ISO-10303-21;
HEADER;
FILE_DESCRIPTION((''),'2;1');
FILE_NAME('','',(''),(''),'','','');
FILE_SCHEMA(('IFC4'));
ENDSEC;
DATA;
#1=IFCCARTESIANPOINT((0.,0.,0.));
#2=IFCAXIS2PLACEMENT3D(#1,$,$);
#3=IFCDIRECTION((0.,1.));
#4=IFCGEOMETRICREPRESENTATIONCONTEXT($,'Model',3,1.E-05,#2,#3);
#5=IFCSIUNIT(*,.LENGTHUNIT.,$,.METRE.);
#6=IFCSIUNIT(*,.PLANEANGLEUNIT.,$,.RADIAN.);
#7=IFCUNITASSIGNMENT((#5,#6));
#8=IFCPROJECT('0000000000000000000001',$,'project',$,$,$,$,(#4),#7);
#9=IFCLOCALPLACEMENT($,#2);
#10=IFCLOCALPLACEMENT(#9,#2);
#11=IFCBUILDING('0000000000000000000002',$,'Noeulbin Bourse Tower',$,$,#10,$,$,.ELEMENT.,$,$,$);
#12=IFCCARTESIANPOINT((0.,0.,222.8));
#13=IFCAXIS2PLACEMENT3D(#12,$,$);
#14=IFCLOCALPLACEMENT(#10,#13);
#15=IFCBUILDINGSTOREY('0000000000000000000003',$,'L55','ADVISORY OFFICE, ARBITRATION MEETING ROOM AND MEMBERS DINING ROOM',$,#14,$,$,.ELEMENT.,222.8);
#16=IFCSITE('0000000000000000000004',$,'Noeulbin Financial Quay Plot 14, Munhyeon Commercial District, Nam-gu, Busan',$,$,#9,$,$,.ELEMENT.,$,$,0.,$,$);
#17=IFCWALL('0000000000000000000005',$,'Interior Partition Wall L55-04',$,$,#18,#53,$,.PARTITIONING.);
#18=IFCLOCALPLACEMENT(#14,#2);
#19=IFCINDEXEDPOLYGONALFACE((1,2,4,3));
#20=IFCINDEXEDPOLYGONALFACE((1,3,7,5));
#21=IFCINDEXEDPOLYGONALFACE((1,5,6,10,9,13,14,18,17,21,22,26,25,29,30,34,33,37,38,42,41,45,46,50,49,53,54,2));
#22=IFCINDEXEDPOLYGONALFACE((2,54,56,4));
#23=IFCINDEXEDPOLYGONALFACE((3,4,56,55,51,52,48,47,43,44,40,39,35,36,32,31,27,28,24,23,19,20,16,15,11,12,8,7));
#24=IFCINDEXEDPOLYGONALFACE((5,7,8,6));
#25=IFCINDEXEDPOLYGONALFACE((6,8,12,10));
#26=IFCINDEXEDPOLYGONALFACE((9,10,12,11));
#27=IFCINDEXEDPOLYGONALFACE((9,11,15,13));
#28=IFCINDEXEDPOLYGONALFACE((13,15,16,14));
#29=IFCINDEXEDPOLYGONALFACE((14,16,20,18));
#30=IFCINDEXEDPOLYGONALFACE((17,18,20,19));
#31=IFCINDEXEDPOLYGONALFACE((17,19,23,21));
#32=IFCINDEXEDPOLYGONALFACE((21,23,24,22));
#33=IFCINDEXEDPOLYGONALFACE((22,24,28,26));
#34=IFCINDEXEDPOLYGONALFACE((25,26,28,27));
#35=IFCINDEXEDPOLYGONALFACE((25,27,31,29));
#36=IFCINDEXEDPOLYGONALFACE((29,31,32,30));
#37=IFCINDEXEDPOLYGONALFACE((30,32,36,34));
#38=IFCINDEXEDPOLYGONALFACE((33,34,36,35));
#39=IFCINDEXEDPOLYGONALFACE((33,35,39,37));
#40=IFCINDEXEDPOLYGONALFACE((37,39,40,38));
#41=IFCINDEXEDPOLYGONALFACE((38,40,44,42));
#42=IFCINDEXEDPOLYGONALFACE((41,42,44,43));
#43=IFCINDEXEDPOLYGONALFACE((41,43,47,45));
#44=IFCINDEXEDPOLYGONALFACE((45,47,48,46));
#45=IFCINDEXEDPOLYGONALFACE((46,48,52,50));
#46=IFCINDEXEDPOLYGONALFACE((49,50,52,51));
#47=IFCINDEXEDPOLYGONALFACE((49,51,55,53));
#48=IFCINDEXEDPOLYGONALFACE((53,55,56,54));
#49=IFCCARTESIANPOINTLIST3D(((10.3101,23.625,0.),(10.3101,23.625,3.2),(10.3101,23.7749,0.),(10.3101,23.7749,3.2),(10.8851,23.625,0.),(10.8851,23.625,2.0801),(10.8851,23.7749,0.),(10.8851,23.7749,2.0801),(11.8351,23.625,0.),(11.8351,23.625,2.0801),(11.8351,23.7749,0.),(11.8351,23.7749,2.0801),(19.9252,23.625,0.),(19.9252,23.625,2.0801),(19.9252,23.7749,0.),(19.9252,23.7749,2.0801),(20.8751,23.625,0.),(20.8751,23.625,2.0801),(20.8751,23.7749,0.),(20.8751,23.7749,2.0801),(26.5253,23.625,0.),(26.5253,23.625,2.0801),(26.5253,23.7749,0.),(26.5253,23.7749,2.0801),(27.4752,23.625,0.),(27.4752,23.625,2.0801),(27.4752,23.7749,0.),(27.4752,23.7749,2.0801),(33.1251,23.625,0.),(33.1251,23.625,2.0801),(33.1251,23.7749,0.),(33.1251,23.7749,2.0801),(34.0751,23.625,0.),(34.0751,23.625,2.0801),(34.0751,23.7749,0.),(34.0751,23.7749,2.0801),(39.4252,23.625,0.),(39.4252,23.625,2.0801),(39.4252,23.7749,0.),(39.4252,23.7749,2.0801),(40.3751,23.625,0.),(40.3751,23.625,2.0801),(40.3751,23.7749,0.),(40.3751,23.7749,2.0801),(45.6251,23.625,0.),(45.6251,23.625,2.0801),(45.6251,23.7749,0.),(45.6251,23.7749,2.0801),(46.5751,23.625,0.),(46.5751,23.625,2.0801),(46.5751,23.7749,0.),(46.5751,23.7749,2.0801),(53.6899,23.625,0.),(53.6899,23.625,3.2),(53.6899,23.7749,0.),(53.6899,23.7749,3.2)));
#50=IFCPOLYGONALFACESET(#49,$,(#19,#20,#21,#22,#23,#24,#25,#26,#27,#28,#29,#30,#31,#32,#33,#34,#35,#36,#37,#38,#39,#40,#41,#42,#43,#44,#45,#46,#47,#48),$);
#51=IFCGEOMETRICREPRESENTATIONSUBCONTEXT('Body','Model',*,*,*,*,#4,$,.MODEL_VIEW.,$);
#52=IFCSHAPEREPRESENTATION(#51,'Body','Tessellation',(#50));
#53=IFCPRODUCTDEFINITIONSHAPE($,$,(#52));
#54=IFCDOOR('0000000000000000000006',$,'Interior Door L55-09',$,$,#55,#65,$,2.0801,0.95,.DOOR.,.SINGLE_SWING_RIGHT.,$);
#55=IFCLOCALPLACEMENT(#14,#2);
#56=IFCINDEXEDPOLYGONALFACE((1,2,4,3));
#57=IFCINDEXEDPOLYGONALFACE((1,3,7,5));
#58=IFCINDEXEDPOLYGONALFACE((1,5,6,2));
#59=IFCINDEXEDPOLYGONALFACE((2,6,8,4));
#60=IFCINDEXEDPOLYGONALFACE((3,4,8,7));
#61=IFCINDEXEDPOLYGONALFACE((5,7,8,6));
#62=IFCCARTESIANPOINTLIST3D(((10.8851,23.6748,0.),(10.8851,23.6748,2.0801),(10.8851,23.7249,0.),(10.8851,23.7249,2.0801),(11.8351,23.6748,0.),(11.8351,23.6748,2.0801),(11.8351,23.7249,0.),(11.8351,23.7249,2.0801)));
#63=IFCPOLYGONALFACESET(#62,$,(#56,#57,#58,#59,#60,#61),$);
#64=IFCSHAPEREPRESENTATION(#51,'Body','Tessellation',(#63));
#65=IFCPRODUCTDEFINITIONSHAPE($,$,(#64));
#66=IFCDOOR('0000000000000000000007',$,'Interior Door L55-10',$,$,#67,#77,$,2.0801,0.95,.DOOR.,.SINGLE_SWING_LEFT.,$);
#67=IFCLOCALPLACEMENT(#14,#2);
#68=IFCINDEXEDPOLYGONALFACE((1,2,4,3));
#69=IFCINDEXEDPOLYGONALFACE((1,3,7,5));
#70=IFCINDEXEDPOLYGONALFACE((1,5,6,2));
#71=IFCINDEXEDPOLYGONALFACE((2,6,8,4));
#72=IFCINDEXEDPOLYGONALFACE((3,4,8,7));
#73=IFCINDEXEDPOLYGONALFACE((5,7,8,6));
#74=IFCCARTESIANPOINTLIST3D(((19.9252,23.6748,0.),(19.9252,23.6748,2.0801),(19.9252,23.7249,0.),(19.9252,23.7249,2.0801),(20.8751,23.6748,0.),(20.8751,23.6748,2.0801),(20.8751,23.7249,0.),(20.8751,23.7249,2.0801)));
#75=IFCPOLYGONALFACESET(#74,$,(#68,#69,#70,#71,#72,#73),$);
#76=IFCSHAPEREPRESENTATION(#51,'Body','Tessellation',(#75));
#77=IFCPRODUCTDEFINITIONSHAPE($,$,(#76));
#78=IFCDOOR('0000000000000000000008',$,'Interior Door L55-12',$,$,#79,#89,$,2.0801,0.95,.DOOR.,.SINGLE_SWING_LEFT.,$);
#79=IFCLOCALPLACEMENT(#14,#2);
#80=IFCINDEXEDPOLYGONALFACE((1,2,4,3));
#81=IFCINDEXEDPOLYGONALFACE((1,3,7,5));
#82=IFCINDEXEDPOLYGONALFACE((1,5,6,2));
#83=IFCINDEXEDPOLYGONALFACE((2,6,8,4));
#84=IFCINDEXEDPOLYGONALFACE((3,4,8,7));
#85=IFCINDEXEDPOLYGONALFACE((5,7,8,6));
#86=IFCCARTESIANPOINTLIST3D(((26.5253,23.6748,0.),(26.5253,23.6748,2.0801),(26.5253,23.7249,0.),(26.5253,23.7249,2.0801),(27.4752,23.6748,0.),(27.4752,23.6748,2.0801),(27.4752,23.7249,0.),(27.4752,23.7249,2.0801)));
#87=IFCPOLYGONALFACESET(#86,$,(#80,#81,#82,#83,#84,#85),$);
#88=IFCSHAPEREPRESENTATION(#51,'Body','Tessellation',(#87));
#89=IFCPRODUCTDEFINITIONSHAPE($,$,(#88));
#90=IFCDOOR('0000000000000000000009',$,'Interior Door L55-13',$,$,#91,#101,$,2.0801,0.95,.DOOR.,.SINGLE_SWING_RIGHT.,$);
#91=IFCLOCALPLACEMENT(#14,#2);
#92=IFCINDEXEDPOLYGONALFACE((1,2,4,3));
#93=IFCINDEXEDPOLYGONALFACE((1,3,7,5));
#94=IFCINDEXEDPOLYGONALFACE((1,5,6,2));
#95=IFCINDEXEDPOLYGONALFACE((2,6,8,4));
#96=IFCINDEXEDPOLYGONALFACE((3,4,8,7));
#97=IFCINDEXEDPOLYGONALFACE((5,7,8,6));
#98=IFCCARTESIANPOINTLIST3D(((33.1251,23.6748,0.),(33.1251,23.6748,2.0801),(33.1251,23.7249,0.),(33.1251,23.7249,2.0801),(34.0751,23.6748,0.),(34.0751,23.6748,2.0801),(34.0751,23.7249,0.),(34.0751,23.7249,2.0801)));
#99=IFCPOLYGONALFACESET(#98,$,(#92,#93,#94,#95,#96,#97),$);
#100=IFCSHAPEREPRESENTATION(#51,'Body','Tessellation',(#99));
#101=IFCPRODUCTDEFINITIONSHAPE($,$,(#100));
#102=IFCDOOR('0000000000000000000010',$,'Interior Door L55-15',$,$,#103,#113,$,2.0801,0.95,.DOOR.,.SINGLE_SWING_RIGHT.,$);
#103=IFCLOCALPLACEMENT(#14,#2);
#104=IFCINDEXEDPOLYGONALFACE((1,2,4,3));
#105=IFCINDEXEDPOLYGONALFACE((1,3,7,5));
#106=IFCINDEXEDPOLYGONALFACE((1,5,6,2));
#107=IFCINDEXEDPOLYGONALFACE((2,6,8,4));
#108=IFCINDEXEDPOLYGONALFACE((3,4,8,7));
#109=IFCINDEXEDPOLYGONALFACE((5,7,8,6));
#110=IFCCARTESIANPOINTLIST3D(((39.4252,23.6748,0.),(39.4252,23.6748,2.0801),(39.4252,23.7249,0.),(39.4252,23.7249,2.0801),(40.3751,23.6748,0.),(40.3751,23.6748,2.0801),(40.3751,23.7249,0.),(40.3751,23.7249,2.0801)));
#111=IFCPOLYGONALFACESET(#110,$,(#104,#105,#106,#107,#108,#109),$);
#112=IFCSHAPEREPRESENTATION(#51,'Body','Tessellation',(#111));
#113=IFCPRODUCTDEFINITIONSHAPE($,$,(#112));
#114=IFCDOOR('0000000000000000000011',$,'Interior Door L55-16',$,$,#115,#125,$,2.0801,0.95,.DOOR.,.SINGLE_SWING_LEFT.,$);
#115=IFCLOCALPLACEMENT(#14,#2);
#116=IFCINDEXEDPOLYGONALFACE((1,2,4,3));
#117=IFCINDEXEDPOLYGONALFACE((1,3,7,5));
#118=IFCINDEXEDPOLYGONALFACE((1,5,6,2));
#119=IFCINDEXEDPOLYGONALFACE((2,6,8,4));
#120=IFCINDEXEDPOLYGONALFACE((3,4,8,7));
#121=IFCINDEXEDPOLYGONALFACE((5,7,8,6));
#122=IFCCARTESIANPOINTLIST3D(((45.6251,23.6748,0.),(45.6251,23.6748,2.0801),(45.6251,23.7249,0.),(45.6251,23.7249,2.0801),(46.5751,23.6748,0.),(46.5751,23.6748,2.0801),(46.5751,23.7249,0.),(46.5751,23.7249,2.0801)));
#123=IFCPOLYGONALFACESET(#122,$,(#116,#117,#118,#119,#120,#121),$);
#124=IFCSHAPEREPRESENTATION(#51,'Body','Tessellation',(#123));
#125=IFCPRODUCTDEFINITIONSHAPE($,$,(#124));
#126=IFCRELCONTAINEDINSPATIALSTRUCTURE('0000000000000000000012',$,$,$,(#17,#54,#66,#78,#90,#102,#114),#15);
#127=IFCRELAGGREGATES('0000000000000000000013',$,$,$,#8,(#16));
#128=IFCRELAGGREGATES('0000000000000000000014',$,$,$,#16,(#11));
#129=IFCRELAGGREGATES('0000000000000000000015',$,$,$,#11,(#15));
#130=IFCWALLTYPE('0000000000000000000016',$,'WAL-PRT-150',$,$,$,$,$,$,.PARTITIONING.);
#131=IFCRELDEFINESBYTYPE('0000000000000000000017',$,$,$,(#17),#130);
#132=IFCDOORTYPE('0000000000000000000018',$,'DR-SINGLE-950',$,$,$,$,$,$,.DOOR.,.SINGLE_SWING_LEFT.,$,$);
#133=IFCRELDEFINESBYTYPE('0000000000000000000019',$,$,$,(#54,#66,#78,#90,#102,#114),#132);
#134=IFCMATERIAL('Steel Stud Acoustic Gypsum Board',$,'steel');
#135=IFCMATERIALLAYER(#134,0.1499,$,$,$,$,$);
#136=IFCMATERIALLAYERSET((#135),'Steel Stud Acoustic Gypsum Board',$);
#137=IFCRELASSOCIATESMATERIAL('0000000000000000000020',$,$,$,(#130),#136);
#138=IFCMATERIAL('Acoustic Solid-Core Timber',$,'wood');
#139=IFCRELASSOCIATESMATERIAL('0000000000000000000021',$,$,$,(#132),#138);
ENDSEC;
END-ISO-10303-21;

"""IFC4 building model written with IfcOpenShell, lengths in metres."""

from ifc_helpers import new_model, si_unit, direction, frame, frame_2d, origin, place, context, subcontext, project, spatial, rectangle, extrude, material, layer, layer_set, type_object, element, fill, save


model = new_model("IFC4")

# Units and contexts
model_context = context("Model", 3, precision=1e-05, world=origin(), true_north=direction((0.0, 1.0)))
body_context = subcontext(model_context, "Body", "Model", "MODEL_VIEW")
ifc_project = project(units=[si_unit("LENGTHUNIT", "METRE"), si_unit("PLANEANGLEUNIT", "RADIAN")], contexts=[model_context])

# Site, building, storey
site_placement = place(None, origin())
site = spatial("IfcSite", under=ifc_project, at=site_placement, Name="Noeulbin Financial Quay Plot 14, Munhyeon Commercial District, Nam-gu, Busan", CompositionType="ELEMENT", RefElevation=0.0)
building_placement = place(site_placement, origin())
building = spatial("IfcBuilding", under=site, at=building_placement, Name="Noeulbin Bourse Tower", CompositionType="ELEMENT")
storey_placement = place(building_placement, frame((0.0, 0.0, 222.8)))
storey = spatial("IfcBuildingStorey", under=building, at=storey_placement, Name="L55", Description="ADVISORY OFFICE, ARBITRATION MEETING ROOM AND MEMBERS DINING ROOM", CompositionType="ELEMENT", Elevation=222.8)

# Wall, openings, doors
ifc_material_1 = material(Name="Steel Stud Acoustic Gypsum Board", Category="steel")
ifc_layer_1 = layer(ifc_material_1, 0.1499)
ifc_layer_set_1 = layer_set([ifc_layer_1], Name="Steel Stud Acoustic Gypsum Board")
wall_type = type_object("IfcWallType", Name="WAL-PRT-150", PredefinedType="PARTITIONING", material=ifc_layer_set_1)
wall_placement = place(storey_placement, frame((10.3101, 23.7, 0.0), z_axis=(0.0, 0.0, 1.0), x_axis=(1.0, 0.0, 0.0)))
wall = element("IfcWall", 1, at=wall_placement, inside=storey, type_object=wall_type, Name="Interior Partition Wall L55-04", PredefinedType="PARTITIONING", context=body_context, shape_type="SweptSolid", body=[
    extrude(rectangle(XDim=43.3799, YDim=0.1499, at=frame_2d((21.6899, 0.0))), origin(), (0.0, 0.0, 1.0), 3.2),
])
opening_1_placement = place(wall_placement, frame((0.575, 0.0, 0.0)))
opening_1 = element("IfcOpeningElement", 2, at=opening_1_placement, cuts=wall, PredefinedType="OPENING", context=body_context, shape_type="SweptSolid", body=[
    extrude(rectangle(XDim=0.95, YDim=2.0801, at=frame_2d((0.4751, 1.04))), frame((0.0, 0.085, 0.0), z_axis=(0.0, -1.0, 0.0), x_axis=(1.0, 0.0, 0.0)), (0.0, 0.0, 1.0), 0.1699),
])
opening_2_placement = place(wall_placement, frame((9.615, 0.0, 0.0)))
opening_2 = element("IfcOpeningElement", 3, at=opening_2_placement, cuts=wall, PredefinedType="OPENING", context=body_context, shape_type="SweptSolid", body=[
    extrude(rectangle(XDim=0.95, YDim=2.0801, at=frame_2d((0.4751, 1.04))), frame((0.0, 0.085, 0.0), z_axis=(0.0, -1.0, 0.0), x_axis=(1.0, 0.0, 0.0)), (0.0, 0.0, 1.0), 0.1699),
])
opening_3_placement = place(wall_placement, frame((16.2151, 0.0, 0.0)))
opening_3 = element("IfcOpeningElement", 4, at=opening_3_placement, cuts=wall, PredefinedType="OPENING", context=body_context, shape_type="SweptSolid", body=[
    extrude(rectangle(XDim=0.95, YDim=2.0801, at=frame_2d((0.4751, 1.04))), frame((0.0, 0.085, 0.0), z_axis=(0.0, -1.0, 0.0), x_axis=(1.0, 0.0, 0.0)), (0.0, 0.0, 1.0), 0.1699),
])
opening_4_placement = place(wall_placement, frame((22.8149, 0.0, 0.0)))
opening_4 = element("IfcOpeningElement", 5, at=opening_4_placement, cuts=wall, PredefinedType="OPENING", context=body_context, shape_type="SweptSolid", body=[
    extrude(rectangle(XDim=0.95, YDim=2.0801, at=frame_2d((0.4751, 1.04))), frame((0.0, 0.085, 0.0), z_axis=(0.0, -1.0, 0.0), x_axis=(1.0, 0.0, 0.0)), (0.0, 0.0, 1.0), 0.1699),
])
opening_5_placement = place(wall_placement, frame((29.115, 0.0, 0.0)))
opening_5 = element("IfcOpeningElement", 6, at=opening_5_placement, cuts=wall, PredefinedType="OPENING", context=body_context, shape_type="SweptSolid", body=[
    extrude(rectangle(XDim=0.95, YDim=2.0801, at=frame_2d((0.4751, 1.04))), frame((0.0, 0.085, 0.0), z_axis=(0.0, -1.0, 0.0), x_axis=(1.0, 0.0, 0.0)), (0.0, 0.0, 1.0), 0.1699),
])
opening_6_placement = place(wall_placement, frame((35.3149, 0.0, 0.0)))
opening_6 = element("IfcOpeningElement", 7, at=opening_6_placement, cuts=wall, PredefinedType="OPENING", context=body_context, shape_type="SweptSolid", body=[
    extrude(rectangle(XDim=0.95, YDim=2.0801, at=frame_2d((0.4751, 1.04))), frame((0.0, 0.085, 0.0), z_axis=(0.0, -1.0, 0.0), x_axis=(1.0, 0.0, 0.0)), (0.0, 0.0, 1.0), 0.1699),
])
ifc_material_2 = material(Name="Acoustic Solid-Core Timber", Category="wood")
door_type = type_object("IfcDoorType", Name="DR-SINGLE-950", OperationType="SINGLE_SWING_LEFT", PredefinedType="DOOR", material=ifc_material_2)
door_1_placement = place(opening_1_placement, origin())
door_1 = element("IfcDoor", 8, at=door_1_placement, inside=storey, type_object=door_type, Name="Interior Door L55-09", OperationType="SINGLE_SWING_RIGHT", OverallHeight=2.0801, OverallWidth=0.95, PredefinedType="DOOR", context=body_context, shape_type="SweptSolid", body=[
    extrude(rectangle(XDim=0.95, YDim=2.0801, at=frame_2d((0.4751, 1.04))), frame((0.0, 0.0249, 0.0), z_axis=(0.0, -1.0, 0.0), x_axis=(1.0, 0.0, 0.0)), (0.0, 0.0, 1.0), 0.05),
])
fill(opening_1, door_1)
door_2_placement = place(opening_2_placement, origin())
door_2 = element("IfcDoor", 9, at=door_2_placement, inside=storey, type_object=door_type, Name="Interior Door L55-10", OperationType="SINGLE_SWING_LEFT", OverallHeight=2.0801, OverallWidth=0.95, PredefinedType="DOOR", context=body_context, shape_type="SweptSolid", body=[
    extrude(rectangle(XDim=0.95, YDim=2.0801, at=frame_2d((0.4751, 1.04))), frame((0.0, 0.0249, 0.0), z_axis=(0.0, -1.0, 0.0), x_axis=(1.0, 0.0, 0.0)), (0.0, 0.0, 1.0), 0.05),
])
fill(opening_2, door_2)
door_3_placement = place(opening_3_placement, origin())
door_3 = element("IfcDoor", 10, at=door_3_placement, inside=storey, type_object=door_type, Name="Interior Door L55-12", OperationType="SINGLE_SWING_LEFT", OverallHeight=2.0801, OverallWidth=0.95, PredefinedType="DOOR", context=body_context, shape_type="SweptSolid", body=[
    extrude(rectangle(XDim=0.95, YDim=2.0801, at=frame_2d((0.4751, 1.04))), frame((0.0, 0.0249, 0.0), z_axis=(0.0, -1.0, 0.0), x_axis=(1.0, 0.0, 0.0)), (0.0, 0.0, 1.0), 0.05),
])
fill(opening_3, door_3)
door_4_placement = place(opening_4_placement, origin())
door_4 = element("IfcDoor", 11, at=door_4_placement, inside=storey, type_object=door_type, Name="Interior Door L55-13", OperationType="SINGLE_SWING_RIGHT", OverallHeight=2.0801, OverallWidth=0.95, PredefinedType="DOOR", context=body_context, shape_type="SweptSolid", body=[
    extrude(rectangle(XDim=0.95, YDim=2.0801, at=frame_2d((0.4751, 1.04))), frame((0.0, 0.0249, 0.0), z_axis=(0.0, -1.0, 0.0), x_axis=(1.0, 0.0, 0.0)), (0.0, 0.0, 1.0), 0.05),
])
fill(opening_4, door_4)
door_5_placement = place(opening_5_placement, origin())
door_5 = element("IfcDoor", 12, at=door_5_placement, inside=storey, type_object=door_type, Name="Interior Door L55-15", OperationType="SINGLE_SWING_RIGHT", OverallHeight=2.0801, OverallWidth=0.95, PredefinedType="DOOR", context=body_context, shape_type="SweptSolid", body=[
    extrude(rectangle(XDim=0.95, YDim=2.0801, at=frame_2d((0.4751, 1.04))), frame((0.0, 0.0249, 0.0), z_axis=(0.0, -1.0, 0.0), x_axis=(1.0, 0.0, 0.0)), (0.0, 0.0, 1.0), 0.05),
])
fill(opening_5, door_5)
door_6_placement = place(opening_6_placement, origin())
door_6 = element("IfcDoor", 13, at=door_6_placement, inside=storey, type_object=door_type, Name="Interior Door L55-16", OperationType="SINGLE_SWING_LEFT", OverallHeight=2.0801, OverallWidth=0.95, PredefinedType="DOOR", context=body_context, shape_type="SweptSolid", body=[
    extrude(rectangle(XDim=0.95, YDim=2.0801, at=frame_2d((0.4751, 1.04))), frame((0.0, 0.0249, 0.0), z_axis=(0.0, -1.0, 0.0), x_axis=(1.0, 0.0, 0.0)), (0.0, 0.0, 1.0), 0.05),
])
fill(opening_6, door_6)

save(model, "model.ifc")
